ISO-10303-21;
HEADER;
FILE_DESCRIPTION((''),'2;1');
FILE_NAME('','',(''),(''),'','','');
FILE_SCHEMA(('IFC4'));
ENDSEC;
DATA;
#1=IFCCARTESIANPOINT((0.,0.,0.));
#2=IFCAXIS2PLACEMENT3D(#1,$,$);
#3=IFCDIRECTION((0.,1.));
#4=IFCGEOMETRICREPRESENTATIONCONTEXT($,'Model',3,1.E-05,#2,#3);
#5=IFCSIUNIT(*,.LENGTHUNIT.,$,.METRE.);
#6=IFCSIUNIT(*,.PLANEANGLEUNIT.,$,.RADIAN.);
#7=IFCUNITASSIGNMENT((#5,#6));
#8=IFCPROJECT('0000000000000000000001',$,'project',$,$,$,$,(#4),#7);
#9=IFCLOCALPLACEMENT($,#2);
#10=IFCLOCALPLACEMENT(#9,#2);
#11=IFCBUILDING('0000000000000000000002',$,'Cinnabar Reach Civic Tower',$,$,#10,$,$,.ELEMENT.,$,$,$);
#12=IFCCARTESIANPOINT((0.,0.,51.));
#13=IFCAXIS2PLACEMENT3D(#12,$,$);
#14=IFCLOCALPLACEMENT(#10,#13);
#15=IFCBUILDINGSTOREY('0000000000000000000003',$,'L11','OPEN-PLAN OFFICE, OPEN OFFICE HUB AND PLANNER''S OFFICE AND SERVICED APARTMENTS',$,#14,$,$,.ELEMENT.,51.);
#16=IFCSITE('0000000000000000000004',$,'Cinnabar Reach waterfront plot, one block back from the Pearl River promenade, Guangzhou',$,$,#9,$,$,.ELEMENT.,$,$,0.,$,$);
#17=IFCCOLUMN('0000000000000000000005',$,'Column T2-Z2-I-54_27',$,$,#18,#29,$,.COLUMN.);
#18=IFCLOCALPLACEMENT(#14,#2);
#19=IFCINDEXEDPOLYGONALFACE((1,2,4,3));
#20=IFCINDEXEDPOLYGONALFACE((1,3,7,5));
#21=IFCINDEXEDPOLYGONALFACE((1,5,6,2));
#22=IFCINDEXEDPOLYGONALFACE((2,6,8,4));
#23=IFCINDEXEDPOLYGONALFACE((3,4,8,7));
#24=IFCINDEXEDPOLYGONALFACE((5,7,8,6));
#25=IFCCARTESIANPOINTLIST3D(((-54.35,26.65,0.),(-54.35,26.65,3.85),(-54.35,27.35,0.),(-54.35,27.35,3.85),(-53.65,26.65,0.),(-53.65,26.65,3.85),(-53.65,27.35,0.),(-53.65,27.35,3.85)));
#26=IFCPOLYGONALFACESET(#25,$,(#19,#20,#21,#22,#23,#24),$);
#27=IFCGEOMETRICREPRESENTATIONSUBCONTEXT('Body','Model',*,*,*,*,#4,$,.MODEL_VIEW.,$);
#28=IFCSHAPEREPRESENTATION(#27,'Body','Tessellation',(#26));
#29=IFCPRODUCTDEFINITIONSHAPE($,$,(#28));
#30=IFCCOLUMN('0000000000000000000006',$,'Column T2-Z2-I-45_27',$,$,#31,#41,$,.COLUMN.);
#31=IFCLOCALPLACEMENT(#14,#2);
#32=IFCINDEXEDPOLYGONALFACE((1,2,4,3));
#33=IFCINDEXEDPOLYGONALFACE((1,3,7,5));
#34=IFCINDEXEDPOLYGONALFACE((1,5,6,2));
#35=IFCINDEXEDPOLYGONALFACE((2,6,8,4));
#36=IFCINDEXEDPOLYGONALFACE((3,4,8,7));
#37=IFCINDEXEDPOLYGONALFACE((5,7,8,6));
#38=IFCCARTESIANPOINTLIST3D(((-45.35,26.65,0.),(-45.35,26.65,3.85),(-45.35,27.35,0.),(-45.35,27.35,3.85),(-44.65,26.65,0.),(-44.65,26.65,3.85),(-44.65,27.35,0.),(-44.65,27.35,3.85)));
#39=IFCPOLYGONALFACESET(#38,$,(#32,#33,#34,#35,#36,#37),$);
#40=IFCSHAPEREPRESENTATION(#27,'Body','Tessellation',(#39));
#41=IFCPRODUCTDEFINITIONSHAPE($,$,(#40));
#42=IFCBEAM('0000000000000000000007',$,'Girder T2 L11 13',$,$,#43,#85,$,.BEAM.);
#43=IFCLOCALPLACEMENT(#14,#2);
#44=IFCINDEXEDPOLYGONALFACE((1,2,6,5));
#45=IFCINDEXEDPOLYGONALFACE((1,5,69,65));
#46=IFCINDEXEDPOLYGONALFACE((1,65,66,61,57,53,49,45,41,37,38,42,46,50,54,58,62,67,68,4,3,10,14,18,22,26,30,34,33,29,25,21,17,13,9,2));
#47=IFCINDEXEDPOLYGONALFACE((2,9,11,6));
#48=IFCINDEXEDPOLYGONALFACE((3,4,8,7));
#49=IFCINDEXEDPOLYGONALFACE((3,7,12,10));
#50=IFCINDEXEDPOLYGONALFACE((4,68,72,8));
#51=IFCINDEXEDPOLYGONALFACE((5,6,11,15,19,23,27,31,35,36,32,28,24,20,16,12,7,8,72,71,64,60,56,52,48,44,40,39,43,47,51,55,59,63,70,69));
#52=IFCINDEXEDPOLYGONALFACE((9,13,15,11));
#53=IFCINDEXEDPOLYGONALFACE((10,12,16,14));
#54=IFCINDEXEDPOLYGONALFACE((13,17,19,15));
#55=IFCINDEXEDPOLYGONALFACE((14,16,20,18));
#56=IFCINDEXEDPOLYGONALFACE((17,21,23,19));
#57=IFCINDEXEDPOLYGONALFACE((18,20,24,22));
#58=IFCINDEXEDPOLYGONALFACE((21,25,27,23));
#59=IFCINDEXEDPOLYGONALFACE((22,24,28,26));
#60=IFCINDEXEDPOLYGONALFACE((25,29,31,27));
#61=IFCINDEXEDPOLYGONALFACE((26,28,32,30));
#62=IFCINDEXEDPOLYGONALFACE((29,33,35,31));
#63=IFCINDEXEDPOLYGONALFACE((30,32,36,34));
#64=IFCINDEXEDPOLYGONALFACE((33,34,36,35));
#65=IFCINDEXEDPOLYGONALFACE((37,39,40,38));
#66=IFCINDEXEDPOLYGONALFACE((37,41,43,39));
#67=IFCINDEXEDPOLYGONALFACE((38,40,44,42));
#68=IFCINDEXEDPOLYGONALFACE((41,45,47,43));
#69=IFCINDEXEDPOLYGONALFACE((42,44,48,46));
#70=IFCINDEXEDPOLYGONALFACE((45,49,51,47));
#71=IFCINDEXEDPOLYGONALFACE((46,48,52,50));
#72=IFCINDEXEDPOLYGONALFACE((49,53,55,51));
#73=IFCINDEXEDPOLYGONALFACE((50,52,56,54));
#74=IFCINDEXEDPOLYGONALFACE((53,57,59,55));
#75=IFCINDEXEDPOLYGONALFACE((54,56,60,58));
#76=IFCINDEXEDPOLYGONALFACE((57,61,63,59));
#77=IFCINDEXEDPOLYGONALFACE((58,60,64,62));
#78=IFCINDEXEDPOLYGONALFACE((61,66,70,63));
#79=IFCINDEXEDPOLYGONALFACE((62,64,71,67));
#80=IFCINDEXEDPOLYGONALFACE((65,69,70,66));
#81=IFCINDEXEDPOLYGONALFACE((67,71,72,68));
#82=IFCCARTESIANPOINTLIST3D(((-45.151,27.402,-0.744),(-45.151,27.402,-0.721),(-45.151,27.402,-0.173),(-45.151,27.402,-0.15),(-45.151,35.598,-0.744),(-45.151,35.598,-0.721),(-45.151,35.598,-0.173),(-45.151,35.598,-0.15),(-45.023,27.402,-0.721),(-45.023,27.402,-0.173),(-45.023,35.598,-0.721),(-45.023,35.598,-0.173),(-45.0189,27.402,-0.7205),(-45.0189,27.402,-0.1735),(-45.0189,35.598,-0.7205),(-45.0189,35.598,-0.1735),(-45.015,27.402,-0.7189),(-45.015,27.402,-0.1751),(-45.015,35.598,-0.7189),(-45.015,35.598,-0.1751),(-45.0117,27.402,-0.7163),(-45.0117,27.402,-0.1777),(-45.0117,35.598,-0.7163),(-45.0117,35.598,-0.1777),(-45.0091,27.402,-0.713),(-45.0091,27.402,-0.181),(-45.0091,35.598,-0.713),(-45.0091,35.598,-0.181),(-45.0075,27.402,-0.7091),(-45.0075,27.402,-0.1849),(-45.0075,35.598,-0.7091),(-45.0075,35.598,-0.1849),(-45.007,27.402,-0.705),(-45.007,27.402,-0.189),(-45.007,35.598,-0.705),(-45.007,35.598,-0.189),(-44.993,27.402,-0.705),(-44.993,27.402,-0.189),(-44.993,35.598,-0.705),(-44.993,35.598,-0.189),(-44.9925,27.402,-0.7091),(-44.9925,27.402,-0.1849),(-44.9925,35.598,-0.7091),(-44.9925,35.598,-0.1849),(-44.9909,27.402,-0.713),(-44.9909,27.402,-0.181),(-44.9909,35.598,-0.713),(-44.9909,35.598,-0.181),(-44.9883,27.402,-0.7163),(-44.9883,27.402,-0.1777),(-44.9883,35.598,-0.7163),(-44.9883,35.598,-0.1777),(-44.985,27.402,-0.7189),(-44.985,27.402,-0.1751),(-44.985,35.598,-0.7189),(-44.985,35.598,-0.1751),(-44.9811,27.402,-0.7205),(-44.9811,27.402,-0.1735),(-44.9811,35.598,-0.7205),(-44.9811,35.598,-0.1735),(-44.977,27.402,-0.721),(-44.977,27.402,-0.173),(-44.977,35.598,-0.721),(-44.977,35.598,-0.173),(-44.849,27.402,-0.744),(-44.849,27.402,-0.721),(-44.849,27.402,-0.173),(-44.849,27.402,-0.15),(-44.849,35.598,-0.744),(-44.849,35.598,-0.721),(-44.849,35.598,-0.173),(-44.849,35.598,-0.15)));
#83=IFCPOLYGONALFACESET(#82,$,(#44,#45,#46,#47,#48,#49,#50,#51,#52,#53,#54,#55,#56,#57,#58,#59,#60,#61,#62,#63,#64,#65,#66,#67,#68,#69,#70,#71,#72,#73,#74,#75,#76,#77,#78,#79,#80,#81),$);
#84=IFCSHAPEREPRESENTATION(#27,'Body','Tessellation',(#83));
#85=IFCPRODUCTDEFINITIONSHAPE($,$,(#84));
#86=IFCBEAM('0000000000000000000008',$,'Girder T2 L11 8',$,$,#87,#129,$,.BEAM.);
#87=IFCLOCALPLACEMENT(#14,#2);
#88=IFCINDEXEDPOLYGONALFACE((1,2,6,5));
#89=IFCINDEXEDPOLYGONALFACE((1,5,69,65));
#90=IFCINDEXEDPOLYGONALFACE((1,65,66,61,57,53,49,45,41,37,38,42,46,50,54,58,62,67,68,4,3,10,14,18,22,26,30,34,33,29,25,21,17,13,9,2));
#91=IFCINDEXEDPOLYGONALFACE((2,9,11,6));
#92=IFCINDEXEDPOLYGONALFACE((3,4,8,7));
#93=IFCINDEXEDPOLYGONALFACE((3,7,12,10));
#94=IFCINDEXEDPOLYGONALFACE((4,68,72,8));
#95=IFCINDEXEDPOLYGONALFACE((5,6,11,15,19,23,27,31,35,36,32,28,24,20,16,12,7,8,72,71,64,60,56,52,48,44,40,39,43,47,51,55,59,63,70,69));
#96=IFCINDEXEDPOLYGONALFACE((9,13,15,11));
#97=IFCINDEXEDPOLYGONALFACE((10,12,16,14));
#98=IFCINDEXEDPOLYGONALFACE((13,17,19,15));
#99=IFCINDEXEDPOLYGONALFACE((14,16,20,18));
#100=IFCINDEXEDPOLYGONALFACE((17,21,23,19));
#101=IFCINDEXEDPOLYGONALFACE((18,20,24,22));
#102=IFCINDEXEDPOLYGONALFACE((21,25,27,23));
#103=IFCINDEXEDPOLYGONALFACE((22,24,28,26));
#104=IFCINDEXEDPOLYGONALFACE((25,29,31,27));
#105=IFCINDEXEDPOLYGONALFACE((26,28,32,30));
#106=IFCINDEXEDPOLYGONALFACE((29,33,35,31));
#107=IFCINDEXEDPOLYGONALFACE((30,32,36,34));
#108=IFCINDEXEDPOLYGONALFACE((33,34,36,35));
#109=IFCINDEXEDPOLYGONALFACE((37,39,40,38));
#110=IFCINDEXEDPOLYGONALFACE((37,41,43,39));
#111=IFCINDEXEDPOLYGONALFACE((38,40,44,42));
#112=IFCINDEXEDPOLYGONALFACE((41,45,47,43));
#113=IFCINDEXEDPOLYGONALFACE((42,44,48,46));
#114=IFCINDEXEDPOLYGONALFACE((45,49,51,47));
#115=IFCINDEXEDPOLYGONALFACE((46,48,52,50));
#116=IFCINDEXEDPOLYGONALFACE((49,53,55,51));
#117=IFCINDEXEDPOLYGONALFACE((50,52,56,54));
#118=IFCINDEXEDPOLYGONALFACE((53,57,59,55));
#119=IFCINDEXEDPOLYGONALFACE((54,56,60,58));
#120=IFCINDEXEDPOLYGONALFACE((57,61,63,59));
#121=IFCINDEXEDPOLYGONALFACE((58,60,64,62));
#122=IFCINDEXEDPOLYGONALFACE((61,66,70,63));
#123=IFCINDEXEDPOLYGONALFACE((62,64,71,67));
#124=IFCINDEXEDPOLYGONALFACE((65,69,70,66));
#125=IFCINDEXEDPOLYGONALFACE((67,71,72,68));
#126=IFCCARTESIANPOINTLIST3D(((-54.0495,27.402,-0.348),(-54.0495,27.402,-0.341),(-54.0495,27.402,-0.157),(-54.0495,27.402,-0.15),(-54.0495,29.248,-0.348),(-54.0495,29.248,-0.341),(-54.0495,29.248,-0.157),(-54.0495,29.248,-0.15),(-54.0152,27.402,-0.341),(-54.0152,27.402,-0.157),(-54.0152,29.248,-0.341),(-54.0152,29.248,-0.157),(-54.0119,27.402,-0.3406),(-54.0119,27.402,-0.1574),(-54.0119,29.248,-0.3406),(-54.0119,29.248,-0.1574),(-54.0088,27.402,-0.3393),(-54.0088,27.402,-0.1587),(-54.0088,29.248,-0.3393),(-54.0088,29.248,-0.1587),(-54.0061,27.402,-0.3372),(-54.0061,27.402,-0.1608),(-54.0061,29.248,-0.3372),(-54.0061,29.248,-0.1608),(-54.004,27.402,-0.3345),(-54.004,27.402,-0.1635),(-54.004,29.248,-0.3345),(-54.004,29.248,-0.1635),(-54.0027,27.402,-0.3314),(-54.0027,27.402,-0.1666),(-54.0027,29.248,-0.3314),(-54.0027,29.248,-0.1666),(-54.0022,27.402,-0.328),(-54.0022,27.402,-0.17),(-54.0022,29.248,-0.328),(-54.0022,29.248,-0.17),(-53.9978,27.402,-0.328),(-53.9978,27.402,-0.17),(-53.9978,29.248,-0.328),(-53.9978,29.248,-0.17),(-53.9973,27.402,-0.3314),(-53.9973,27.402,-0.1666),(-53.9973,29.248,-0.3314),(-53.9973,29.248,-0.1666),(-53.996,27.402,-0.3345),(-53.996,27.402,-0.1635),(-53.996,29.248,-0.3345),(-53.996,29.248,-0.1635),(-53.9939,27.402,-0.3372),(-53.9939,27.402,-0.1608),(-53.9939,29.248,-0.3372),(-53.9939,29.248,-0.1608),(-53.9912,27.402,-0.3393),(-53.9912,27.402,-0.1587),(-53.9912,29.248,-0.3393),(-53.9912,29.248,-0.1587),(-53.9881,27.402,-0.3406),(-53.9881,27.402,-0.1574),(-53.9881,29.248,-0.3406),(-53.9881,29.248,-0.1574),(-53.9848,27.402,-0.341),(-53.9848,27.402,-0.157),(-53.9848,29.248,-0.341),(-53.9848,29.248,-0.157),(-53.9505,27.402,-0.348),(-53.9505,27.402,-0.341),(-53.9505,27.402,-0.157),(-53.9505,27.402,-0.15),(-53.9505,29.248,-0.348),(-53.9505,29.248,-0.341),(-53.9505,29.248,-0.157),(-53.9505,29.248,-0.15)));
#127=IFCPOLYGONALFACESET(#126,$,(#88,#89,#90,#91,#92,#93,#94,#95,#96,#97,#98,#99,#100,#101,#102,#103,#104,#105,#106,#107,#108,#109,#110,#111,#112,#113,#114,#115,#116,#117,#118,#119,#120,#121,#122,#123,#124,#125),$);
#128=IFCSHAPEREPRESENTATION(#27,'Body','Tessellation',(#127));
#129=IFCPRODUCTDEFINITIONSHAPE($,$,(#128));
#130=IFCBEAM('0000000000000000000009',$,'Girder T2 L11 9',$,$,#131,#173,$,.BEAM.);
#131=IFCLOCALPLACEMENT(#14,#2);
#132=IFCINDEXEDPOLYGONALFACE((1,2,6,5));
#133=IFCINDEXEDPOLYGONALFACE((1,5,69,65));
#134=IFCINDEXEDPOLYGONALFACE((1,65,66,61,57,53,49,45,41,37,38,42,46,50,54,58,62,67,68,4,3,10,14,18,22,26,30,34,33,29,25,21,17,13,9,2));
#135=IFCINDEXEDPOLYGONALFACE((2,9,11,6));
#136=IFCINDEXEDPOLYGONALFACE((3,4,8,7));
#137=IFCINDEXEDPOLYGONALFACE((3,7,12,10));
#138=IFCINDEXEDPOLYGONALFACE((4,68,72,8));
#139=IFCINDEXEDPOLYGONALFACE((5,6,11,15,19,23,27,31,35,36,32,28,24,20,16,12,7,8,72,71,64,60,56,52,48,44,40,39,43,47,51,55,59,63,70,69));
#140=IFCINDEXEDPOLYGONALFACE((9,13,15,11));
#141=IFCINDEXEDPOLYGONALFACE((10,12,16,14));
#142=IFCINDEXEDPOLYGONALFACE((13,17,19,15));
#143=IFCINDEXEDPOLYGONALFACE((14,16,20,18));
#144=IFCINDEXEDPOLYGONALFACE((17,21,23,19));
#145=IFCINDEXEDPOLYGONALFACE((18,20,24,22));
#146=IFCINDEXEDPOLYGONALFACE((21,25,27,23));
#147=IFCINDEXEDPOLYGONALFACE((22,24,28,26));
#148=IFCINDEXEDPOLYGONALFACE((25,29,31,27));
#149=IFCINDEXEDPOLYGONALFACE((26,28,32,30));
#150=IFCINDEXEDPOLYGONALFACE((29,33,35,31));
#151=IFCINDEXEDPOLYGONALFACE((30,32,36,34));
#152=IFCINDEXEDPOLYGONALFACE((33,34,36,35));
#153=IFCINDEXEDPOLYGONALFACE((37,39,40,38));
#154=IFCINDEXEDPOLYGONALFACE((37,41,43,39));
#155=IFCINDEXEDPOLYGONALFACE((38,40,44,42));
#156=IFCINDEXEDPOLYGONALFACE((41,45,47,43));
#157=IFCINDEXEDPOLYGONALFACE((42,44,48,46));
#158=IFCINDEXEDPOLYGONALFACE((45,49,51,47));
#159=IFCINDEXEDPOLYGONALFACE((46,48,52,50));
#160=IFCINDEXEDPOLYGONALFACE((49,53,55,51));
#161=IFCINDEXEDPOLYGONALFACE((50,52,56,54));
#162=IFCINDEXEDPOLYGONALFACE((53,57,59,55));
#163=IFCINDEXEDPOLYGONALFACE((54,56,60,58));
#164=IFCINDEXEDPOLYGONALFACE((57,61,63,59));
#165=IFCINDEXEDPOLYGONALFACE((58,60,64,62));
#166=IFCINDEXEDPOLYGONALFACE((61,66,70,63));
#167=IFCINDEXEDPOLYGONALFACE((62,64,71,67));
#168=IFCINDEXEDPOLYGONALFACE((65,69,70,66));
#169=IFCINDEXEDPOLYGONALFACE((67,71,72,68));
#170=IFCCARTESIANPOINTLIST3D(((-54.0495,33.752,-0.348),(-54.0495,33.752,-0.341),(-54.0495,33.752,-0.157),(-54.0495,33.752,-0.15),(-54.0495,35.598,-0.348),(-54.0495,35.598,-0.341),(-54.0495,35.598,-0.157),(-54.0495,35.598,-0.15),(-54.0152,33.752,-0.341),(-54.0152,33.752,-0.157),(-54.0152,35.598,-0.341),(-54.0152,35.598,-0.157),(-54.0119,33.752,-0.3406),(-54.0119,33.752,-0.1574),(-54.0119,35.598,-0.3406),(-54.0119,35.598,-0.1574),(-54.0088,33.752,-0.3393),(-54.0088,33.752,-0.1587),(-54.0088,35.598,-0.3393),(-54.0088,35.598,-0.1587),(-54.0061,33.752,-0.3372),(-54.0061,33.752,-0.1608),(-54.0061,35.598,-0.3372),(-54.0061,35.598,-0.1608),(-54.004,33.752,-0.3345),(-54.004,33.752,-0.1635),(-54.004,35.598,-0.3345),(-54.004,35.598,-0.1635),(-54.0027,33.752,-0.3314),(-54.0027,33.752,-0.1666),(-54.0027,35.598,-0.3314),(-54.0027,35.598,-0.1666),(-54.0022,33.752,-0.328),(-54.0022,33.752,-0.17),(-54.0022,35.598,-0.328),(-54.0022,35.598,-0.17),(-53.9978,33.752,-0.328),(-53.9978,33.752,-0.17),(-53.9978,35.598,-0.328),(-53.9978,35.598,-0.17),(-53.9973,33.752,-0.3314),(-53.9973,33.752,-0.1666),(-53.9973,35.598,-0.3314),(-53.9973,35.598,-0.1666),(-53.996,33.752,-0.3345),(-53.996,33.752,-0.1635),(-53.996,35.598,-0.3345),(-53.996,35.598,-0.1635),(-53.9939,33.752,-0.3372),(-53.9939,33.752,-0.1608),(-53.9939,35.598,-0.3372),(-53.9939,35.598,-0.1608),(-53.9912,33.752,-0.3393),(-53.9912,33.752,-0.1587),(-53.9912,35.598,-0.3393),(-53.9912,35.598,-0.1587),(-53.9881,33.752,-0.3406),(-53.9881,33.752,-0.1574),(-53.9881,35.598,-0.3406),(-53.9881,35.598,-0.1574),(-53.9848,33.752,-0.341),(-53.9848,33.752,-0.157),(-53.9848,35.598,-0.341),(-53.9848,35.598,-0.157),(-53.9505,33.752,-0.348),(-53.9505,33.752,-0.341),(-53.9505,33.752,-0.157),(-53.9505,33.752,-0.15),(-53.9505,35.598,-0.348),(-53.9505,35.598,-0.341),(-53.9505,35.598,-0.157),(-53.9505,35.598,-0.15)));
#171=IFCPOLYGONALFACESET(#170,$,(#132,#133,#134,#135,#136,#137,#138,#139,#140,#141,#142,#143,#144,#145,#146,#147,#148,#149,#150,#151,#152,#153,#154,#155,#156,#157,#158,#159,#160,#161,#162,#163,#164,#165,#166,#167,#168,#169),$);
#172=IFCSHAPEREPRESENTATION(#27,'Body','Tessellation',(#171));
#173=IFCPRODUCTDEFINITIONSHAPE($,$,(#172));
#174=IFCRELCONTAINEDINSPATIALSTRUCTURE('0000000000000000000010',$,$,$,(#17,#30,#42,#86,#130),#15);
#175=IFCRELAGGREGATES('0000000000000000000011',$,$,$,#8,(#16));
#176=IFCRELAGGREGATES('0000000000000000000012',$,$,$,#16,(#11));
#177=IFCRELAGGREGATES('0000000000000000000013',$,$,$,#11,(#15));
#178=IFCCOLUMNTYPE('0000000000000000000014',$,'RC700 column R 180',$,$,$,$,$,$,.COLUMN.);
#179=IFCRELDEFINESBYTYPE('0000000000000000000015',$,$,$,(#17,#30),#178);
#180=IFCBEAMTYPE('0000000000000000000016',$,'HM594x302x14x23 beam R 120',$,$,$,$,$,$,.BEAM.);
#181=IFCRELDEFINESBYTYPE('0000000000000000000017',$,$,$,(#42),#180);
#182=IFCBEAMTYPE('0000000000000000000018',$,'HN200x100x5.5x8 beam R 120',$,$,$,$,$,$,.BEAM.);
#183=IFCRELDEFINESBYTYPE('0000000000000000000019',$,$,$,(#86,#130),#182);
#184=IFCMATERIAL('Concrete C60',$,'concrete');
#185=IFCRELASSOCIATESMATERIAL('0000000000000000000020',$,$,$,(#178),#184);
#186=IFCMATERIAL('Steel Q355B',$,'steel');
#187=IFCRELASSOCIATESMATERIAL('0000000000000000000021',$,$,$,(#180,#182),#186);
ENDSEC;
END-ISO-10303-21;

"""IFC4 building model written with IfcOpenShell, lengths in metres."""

from ifc_helpers import new_model, si_unit, direction, frame, origin, origin_2d, place, context, subcontext, project, spatial, rectangle, i_section, extrude, material, material_profile, profile_set, type_object, element, save


model = new_model("IFC4")

# Units and contexts
model_context = context("Model", 3, precision=1e-05, world=origin(), true_north=direction((0.0, 1.0)))
body_context = subcontext(model_context, "Body", "Model", "MODEL_VIEW")
ifc_project = project(units=[si_unit("LENGTHUNIT", "METRE"), si_unit("PLANEANGLEUNIT", "RADIAN")], contexts=[model_context])

# Site, building, storey
site_placement = place(None, origin())
site = spatial("IfcSite", under=ifc_project, at=site_placement, Name="Cinnabar Reach waterfront plot, one block back from the Pearl River promenade, Guangzhou", CompositionType="ELEMENT", RefElevation=0.0)
building_placement = place(site_placement, origin())
building = spatial("IfcBuilding", under=site, at=building_placement, Name="Cinnabar Reach Civic Tower", CompositionType="ELEMENT")
storey_placement = place(building_placement, frame((0.0, 0.0, 51.0)))
storey = spatial("IfcBuildingStorey", under=building, at=storey_placement, Name="L11", Description="OPEN-PLAN OFFICE, OPEN OFFICE HUB AND PLANNER'S OFFICE AND SERVICED APARTMENTS", CompositionType="ELEMENT", Elevation=51.0)

# Columns
ifc_material_1 = material(Name="Concrete C60", Category="concrete")
ifc_material_profile_1 = material_profile(ifc_material_1, rectangle(XDim=0.7, YDim=0.7, at=origin_2d()), Name="RC700")
ifc_profile_set_1 = profile_set([ifc_material_profile_1], Name="Concrete C60")
column_type = type_object("IfcColumnType", Name="RC700 column R 180", PredefinedType="COLUMN", material=ifc_profile_set_1)
for number, where, z_axis, x_axis, name in (
    (1, (-54.0, 27.0, 0.0), (0.0, 0.0, 1.0), (1.0, 0.0, 0.0), "Column T2-Z2-I-54_27"),
    (2, (-45.0, 27.0, 0.0), (0.0, 0.0, 1.0), (1.0, 0.0, 0.0), "Column T2-Z2-I-45_27"),
):
    element("IfcColumn", number, at=place(storey_placement, frame(where, z_axis=z_axis, x_axis=x_axis)), inside=storey, type_object=column_type, Name=name, PredefinedType="COLUMN", context=body_context, shape_type="SweptSolid", body=[
        extrude(rectangle(XDim=0.7, YDim=0.7, at=origin_2d()), origin(), (0.0, 0.0, 1.0), 3.85),
    ])

# Beams
ifc_material_2 = material(Name="Steel Q355B", Category="steel")
ifc_material_profile_2 = material_profile(ifc_material_2, i_section(OverallWidth=0.302, OverallDepth=0.594, WebThickness=0.014, FlangeThickness=0.023, FilletRadius=0.016, at=origin_2d()), Name="HM594x302x14x23")
ifc_profile_set_2 = profile_set([ifc_material_profile_2], Name="Steel Q355B")
beam_type_1 = type_object("IfcBeamType", Name="HM594x302x14x23 beam R 120", PredefinedType="BEAM", material=ifc_profile_set_2)
beam_1_placement = place(storey_placement, frame((-45.0, 27.402, -0.447), z_axis=(0.0, 1.0, 0.0), x_axis=(-1.0, 0.0, 0.0)))
element("IfcBeam", 3, at=beam_1_placement, inside=storey, type_object=beam_type_1, Name="Girder T2 L11 13", PredefinedType="BEAM", context=body_context, shape_type="SweptSolid", body=[
    extrude(i_section(OverallWidth=0.302, OverallDepth=0.594, WebThickness=0.014, FlangeThickness=0.023, FilletRadius=0.016, at=origin_2d()), origin(), (0.0, 0.0, 1.0), 8.196),
])
ifc_material_profile_3 = material_profile(ifc_material_2, i_section(OverallWidth=0.099, OverallDepth=0.198, WebThickness=0.0045, FlangeThickness=0.007, FilletRadius=0.013, at=origin_2d()), Name="HN200x100x5.5x8")
ifc_profile_set_3 = profile_set([ifc_material_profile_3], Name="Steel Q355B")
beam_type_2 = type_object("IfcBeamType", Name="HN200x100x5.5x8 beam R 120", PredefinedType="BEAM", material=ifc_profile_set_3)
for number, where, z_axis, x_axis, name in (
    (4, (-54.0, 27.402, -0.249), (0.0, 1.0, 0.0), (-1.0, 0.0, 0.0), "Girder T2 L11 8"),
    (5, (-54.0, 33.752, -0.249), (0.0, 1.0, 0.0), (-1.0, 0.0, 0.0), "Girder T2 L11 9"),
):
    element("IfcBeam", number, at=place(storey_placement, frame(where, z_axis=z_axis, x_axis=x_axis)), inside=storey, type_object=beam_type_2, Name=name, PredefinedType="BEAM", context=body_context, shape_type="SweptSolid", body=[
        extrude(i_section(OverallWidth=0.099, OverallDepth=0.198, WebThickness=0.0045, FlangeThickness=0.007, FilletRadius=0.013, at=origin_2d()), origin(), (0.0, 0.0, 1.0), 1.846),
    ])

save(model, "model.ifc")
